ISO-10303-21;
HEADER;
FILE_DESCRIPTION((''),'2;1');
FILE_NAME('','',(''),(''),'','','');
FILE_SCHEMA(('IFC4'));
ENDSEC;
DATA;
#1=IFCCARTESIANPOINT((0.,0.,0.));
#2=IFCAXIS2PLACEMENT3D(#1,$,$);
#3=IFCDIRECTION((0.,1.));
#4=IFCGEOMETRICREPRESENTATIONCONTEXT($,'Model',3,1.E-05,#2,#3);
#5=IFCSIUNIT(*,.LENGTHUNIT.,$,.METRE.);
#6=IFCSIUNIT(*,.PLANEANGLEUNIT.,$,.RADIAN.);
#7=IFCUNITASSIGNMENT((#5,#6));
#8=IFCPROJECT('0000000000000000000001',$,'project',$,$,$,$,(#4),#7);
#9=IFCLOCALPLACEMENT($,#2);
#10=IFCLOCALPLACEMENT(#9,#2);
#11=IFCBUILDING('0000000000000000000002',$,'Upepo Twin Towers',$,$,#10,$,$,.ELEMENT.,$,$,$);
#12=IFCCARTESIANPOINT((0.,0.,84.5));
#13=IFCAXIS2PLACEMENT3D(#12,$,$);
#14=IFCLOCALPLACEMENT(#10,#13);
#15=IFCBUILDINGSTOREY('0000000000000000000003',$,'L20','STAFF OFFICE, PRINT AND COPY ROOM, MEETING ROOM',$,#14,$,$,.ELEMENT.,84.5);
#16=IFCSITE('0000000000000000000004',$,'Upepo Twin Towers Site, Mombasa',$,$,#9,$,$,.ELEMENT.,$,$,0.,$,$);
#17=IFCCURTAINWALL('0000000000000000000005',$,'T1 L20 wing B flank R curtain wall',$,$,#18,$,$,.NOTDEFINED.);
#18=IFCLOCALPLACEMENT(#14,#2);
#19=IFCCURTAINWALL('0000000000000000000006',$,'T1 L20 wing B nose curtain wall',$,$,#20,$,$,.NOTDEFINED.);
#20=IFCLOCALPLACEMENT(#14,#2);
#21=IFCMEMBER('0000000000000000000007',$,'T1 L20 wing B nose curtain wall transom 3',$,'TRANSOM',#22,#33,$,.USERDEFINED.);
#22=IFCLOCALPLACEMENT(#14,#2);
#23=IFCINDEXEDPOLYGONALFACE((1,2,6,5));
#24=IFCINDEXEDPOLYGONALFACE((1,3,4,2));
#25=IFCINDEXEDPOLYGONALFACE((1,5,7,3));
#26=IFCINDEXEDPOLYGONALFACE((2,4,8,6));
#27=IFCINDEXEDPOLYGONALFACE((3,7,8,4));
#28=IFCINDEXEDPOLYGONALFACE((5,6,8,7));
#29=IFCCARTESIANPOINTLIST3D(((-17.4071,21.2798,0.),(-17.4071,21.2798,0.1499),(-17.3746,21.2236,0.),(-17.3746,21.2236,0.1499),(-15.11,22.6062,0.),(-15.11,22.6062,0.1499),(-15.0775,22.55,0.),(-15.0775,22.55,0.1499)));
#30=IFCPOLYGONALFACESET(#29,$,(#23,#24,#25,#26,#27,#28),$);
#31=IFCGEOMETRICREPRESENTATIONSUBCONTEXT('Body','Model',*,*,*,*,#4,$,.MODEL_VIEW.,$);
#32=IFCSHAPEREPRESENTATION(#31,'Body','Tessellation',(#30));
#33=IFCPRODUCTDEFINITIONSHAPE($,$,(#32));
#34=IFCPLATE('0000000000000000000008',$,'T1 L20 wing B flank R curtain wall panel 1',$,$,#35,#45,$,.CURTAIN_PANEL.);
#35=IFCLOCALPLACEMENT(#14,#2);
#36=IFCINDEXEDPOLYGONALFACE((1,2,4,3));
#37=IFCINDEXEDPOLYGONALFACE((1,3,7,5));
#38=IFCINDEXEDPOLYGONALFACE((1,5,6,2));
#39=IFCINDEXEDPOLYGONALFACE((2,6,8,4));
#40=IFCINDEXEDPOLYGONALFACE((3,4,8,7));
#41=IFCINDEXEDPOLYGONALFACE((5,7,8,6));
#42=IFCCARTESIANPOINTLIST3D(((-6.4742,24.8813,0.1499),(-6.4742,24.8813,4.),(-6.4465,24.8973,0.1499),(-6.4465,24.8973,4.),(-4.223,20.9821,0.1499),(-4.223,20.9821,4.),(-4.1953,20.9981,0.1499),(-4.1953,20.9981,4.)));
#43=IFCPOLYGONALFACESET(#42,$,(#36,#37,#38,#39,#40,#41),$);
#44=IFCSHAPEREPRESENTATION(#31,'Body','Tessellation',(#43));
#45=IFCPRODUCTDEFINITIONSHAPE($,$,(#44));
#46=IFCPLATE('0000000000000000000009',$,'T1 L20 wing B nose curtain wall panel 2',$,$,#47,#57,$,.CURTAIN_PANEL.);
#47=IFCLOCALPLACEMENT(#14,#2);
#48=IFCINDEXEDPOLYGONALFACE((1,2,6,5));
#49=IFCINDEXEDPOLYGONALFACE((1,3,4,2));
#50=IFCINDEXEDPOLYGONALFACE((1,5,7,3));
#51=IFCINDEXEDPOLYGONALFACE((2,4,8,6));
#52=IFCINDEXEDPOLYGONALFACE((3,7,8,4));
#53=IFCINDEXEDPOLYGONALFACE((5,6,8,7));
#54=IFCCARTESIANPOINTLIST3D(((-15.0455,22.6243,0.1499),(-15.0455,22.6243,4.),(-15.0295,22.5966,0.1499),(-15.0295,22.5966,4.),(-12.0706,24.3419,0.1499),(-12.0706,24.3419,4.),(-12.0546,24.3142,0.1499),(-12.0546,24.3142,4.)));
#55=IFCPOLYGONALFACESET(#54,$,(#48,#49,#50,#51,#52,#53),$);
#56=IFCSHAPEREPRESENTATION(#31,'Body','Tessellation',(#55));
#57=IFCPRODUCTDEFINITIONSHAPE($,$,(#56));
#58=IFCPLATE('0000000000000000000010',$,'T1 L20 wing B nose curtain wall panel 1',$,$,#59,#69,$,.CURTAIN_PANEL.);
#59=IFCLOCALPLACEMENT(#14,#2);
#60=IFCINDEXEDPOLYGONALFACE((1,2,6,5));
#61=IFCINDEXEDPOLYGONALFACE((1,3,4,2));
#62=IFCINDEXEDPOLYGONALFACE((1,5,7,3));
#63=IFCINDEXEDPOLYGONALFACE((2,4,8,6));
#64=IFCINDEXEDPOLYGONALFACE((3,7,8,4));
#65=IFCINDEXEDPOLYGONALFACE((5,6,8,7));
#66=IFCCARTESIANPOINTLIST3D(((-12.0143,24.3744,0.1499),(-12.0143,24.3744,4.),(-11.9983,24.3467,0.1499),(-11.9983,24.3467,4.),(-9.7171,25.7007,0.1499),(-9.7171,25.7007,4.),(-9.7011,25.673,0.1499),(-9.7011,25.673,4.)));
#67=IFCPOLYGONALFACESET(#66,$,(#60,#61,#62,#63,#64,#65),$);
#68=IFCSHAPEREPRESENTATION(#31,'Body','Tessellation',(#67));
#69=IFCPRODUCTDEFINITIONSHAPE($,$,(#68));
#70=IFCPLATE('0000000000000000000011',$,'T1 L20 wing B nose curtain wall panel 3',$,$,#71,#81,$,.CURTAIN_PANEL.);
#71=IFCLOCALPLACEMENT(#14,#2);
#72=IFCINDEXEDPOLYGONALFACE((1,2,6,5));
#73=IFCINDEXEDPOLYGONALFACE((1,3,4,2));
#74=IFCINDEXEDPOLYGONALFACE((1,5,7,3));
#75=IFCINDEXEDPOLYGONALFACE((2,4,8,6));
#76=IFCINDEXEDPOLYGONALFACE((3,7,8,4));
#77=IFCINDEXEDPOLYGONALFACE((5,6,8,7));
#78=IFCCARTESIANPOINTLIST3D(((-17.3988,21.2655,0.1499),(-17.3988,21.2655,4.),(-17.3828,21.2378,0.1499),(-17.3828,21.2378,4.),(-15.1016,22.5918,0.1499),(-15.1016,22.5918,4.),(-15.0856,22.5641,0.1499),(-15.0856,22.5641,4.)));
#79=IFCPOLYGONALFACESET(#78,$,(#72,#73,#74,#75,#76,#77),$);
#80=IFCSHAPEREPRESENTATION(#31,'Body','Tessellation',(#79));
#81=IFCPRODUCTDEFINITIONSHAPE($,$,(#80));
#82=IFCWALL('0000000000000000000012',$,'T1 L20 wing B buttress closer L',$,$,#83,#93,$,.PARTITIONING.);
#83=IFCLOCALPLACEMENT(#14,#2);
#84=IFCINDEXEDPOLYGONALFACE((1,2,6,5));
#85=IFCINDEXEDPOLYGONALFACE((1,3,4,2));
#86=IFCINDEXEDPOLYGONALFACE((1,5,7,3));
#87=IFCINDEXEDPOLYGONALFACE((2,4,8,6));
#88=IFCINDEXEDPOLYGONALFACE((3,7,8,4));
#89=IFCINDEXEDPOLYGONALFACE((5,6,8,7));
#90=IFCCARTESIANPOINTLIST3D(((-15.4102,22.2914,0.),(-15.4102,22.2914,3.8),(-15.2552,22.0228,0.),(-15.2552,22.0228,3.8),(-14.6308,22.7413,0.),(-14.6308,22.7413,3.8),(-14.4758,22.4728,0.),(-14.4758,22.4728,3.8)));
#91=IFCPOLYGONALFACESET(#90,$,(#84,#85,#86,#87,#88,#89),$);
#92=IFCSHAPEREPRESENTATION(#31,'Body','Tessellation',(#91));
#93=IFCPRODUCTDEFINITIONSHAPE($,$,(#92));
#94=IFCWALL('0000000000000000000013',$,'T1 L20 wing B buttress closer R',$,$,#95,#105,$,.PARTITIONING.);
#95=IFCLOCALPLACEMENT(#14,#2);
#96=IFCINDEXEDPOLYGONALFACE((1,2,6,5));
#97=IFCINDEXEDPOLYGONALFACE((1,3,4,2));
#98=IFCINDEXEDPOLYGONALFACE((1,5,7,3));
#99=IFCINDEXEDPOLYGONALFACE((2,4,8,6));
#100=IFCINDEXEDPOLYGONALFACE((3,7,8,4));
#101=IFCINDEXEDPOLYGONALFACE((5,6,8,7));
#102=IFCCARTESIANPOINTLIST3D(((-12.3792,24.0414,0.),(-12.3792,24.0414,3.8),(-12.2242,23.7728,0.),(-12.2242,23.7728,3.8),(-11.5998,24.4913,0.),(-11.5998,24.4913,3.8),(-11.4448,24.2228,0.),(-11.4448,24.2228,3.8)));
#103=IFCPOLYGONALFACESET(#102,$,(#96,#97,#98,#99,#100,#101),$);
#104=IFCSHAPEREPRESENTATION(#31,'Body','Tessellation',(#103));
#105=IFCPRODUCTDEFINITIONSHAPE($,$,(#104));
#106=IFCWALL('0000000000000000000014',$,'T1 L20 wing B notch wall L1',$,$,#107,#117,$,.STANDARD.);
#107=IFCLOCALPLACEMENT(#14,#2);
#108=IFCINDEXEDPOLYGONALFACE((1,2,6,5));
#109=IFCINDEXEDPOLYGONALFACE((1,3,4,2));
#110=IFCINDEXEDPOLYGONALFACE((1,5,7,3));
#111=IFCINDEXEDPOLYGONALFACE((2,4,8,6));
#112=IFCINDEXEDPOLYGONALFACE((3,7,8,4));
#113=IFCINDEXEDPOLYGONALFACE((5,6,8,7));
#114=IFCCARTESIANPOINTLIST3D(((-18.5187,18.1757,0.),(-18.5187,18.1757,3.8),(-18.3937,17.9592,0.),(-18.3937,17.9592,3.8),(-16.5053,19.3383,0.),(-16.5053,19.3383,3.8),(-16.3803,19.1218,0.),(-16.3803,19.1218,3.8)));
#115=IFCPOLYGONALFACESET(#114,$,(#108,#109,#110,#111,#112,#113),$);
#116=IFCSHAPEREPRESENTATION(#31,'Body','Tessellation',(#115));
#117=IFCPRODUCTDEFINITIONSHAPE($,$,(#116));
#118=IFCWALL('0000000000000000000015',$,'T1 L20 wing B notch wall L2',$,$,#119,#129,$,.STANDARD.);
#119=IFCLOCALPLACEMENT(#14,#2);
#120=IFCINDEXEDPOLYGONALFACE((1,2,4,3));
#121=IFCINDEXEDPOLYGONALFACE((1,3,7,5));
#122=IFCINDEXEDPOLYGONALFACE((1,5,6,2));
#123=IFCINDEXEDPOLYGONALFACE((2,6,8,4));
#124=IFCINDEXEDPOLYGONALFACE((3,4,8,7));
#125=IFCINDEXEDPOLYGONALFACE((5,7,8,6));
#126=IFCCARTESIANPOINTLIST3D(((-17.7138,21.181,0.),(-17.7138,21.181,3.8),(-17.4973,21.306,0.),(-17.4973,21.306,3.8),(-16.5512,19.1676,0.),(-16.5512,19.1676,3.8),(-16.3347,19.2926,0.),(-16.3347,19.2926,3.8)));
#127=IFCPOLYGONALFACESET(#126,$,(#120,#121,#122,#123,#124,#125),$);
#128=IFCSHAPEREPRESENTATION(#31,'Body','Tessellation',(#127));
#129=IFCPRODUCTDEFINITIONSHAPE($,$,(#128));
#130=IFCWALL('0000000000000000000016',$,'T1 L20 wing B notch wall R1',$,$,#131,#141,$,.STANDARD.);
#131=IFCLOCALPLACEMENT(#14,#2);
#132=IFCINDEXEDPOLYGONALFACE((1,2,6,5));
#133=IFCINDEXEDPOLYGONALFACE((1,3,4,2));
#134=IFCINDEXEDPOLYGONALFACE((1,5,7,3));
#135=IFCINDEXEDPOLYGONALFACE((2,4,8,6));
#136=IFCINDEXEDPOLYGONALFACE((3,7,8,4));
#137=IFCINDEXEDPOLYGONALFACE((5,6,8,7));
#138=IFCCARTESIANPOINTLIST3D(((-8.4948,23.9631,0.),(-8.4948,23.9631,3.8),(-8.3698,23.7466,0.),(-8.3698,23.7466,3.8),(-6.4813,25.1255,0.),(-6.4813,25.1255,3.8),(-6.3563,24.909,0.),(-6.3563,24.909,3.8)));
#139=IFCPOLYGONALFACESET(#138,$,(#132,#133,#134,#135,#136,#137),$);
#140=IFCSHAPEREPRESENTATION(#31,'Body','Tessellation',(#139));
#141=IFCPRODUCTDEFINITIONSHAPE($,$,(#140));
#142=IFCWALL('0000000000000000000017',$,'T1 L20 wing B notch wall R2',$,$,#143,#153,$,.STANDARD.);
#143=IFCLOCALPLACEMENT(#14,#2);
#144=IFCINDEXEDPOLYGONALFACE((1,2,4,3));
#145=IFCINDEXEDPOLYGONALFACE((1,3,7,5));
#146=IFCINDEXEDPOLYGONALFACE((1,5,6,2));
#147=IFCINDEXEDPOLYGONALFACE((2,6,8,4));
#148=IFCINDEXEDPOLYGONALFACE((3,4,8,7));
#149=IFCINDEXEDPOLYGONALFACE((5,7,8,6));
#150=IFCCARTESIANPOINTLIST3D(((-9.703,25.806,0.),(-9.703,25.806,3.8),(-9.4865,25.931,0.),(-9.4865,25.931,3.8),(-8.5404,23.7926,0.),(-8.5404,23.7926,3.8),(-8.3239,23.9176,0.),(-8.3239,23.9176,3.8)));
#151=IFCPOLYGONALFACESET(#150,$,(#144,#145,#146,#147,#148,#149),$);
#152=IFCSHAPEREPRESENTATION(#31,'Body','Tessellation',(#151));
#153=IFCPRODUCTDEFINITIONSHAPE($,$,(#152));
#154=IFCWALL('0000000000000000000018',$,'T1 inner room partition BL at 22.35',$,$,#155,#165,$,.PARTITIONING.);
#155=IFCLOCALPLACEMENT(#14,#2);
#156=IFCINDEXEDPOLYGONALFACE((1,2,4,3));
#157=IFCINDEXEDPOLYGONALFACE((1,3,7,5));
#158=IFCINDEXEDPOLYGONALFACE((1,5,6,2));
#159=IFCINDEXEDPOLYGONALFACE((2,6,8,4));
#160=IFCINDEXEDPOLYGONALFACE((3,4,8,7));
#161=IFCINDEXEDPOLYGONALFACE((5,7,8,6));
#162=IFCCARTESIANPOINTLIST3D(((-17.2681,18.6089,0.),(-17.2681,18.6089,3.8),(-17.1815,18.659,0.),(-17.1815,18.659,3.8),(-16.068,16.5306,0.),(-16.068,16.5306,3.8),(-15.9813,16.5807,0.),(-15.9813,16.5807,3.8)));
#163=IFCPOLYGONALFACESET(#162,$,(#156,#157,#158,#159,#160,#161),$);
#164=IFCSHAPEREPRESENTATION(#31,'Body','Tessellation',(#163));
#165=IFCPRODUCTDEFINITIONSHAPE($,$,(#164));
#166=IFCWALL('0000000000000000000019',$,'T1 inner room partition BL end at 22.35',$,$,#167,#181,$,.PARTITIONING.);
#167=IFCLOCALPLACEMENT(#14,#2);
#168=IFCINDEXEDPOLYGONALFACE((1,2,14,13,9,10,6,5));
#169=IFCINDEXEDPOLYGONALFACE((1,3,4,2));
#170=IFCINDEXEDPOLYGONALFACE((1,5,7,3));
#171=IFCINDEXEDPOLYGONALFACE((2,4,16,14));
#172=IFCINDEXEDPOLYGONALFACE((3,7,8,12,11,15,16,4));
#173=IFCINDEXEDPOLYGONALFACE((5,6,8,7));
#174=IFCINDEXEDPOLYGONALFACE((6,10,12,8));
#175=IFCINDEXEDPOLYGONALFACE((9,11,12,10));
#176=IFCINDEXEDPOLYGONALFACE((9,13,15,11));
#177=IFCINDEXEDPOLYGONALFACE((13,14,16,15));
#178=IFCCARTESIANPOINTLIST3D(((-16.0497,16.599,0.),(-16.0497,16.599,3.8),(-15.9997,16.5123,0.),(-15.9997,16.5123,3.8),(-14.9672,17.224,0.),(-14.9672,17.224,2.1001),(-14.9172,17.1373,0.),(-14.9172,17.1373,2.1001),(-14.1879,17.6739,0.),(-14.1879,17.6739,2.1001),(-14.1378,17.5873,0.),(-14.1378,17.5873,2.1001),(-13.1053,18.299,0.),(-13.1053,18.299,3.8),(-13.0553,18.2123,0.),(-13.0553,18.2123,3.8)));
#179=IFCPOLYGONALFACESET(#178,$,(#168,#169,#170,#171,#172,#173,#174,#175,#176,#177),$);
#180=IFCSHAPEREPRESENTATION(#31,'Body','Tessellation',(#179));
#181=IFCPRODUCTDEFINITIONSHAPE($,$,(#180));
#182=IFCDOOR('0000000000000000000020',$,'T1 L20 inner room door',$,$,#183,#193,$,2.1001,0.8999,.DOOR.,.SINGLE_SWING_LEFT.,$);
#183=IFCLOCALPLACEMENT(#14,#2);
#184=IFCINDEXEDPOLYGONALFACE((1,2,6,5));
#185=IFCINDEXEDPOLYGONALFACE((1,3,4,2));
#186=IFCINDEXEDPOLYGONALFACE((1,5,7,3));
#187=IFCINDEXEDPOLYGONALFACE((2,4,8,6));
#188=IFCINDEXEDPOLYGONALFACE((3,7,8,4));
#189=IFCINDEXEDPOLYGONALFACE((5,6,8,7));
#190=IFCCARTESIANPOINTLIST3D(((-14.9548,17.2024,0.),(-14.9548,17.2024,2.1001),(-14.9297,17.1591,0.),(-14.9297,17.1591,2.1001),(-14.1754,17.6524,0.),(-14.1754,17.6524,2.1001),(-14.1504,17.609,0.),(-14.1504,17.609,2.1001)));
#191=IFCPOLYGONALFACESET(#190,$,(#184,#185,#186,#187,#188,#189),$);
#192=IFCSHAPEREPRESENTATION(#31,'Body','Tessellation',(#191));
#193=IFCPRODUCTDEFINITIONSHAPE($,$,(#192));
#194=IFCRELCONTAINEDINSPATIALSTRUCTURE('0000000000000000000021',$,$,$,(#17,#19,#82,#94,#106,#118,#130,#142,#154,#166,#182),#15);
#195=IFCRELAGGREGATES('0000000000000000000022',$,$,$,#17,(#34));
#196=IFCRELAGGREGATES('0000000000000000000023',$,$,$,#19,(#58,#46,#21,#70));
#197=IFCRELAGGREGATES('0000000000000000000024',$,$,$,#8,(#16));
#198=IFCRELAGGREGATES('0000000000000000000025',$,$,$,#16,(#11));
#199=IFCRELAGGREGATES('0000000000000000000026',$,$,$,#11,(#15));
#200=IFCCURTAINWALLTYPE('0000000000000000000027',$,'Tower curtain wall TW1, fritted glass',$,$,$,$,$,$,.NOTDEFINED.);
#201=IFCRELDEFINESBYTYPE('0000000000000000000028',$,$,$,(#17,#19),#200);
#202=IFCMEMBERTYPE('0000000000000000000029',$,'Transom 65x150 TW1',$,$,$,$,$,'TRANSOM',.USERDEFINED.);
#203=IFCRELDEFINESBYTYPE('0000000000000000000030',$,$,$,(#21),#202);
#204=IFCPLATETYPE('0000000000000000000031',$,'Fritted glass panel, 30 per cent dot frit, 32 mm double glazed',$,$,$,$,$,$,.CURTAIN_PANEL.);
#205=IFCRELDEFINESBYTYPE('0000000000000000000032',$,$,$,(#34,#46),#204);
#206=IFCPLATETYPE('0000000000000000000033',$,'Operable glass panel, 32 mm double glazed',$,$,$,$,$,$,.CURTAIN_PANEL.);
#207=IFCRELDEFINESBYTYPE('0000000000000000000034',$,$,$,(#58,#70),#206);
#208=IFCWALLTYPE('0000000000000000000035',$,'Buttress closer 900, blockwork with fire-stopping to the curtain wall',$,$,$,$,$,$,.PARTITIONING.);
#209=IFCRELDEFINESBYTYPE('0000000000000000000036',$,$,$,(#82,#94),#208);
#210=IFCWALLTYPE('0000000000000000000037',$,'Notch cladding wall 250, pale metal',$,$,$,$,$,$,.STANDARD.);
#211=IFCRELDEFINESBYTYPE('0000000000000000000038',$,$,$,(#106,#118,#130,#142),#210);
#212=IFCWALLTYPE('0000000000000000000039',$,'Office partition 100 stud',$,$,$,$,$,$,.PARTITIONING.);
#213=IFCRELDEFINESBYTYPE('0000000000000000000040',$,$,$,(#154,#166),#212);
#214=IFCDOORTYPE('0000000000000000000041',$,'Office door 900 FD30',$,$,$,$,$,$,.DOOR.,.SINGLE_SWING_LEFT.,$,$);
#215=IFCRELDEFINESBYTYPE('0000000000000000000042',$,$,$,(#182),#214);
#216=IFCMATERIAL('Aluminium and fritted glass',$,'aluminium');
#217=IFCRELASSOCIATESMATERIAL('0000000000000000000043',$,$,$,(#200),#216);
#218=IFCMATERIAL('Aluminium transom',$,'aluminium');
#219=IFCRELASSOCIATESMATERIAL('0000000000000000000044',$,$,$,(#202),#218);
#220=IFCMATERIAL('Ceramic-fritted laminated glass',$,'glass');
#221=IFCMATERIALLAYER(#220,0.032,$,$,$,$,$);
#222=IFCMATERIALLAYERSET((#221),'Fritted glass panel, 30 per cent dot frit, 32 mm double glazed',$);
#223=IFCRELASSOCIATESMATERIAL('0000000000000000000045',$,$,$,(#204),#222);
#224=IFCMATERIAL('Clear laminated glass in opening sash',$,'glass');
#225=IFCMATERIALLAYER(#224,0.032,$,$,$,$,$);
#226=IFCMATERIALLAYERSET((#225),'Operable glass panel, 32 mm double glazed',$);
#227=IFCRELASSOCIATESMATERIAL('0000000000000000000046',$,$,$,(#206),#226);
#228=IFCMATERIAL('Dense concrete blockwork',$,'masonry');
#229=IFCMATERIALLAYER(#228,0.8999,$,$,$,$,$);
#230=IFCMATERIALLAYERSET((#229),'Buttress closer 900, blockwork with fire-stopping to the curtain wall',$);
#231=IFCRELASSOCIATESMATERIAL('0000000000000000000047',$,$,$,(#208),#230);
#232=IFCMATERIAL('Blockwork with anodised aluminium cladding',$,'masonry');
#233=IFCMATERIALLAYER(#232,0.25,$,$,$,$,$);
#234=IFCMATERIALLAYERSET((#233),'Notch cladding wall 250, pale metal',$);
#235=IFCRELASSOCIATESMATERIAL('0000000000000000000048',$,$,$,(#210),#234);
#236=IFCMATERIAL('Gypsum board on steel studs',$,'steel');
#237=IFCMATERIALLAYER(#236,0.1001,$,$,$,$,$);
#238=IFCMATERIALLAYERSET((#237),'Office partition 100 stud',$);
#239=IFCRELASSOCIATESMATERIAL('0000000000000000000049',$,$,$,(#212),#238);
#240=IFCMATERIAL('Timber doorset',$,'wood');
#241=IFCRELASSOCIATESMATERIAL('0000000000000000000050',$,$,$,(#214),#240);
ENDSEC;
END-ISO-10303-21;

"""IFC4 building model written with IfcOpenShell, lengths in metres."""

from ifc_helpers import new_model, si_unit, direction, frame, frame_2d, origin, origin_2d, place, context, subcontext, project, spatial, rectangle, extrude, material, layer, layer_set, material_profile, profile_set, type_object, element, fill, aggregate, save


model = new_model("IFC4")

# Units and contexts
model_context = context("Model", 3, precision=1e-05, world=origin(), true_north=direction((0.0, 1.0)))
body_context = subcontext(model_context, "Body", "Model", "MODEL_VIEW")
ifc_project = project(units=[si_unit("LENGTHUNIT", "METRE"), si_unit("PLANEANGLEUNIT", "RADIAN")], contexts=[model_context])

# Site, building, storey
site_placement = place(None, origin())
site = spatial("IfcSite", under=ifc_project, at=site_placement, Name="Upepo Twin Towers Site, Mombasa", CompositionType="ELEMENT", RefElevation=0.0)
building_placement = place(site_placement, origin())
building = spatial("IfcBuilding", under=site, at=building_placement, Name="Upepo Twin Towers", CompositionType="ELEMENT")
storey_placement = place(building_placement, frame((0.0, 0.0, 84.5)))
storey = spatial("IfcBuildingStorey", under=building, at=storey_placement, Name="L20", Description="STAFF OFFICE, PRINT AND COPY ROOM, MEETING ROOM", CompositionType="ELEMENT", Elevation=84.5)

# Shared definitions
ifc_material_1 = material(Name="Aluminium and fritted glass", Category="aluminium")
curtain_wall_type = type_object("IfcCurtainWallType", Name="Tower curtain wall TW1, fritted glass", PredefinedType="NOTDEFINED", material=ifc_material_1)

# Curtain walls
curtain_wall_1_placement = place(storey_placement, origin())
curtain_wall_1 = element("IfcCurtainWall", 1, at=curtain_wall_1_placement, inside=storey, type_object=curtain_wall_type, Name="T1 L20 wing B flank R curtain wall", PredefinedType="NOTDEFINED")
curtain_wall_2_placement = place(storey_placement, origin())
curtain_wall_2 = element("IfcCurtainWall", 2, at=curtain_wall_2_placement, inside=storey, type_object=curtain_wall_type, Name="T1 L20 wing B nose curtain wall", PredefinedType="NOTDEFINED")

# Member
ifc_material_2 = material(Name="Aluminium transom", Category="aluminium")
ifc_material_profile_1 = material_profile(ifc_material_2, rectangle(XDim=0.0649, YDim=0.1499, at=origin_2d()), Name="TRANSOM 65x150")
ifc_profile_set_1 = profile_set([ifc_material_profile_1], Name="Aluminium transom")
member_type_1 = type_object("IfcMemberType", Name="Transom 65x150 TW1", ElementType="TRANSOM", PredefinedType="USERDEFINED", material=ifc_profile_set_1)
member_1_placement = place(storey_placement, frame((-15.0938, 22.5781, 0.075), z_axis=(-0.865997, -0.500049, 0.0), x_axis=(0.500049, -0.865997, 0.0)))
member_1 = element("IfcMember", 3, at=member_1_placement, type_object=member_type_1, Name="T1 L20 wing B nose curtain wall transom 3", ObjectType="TRANSOM", PredefinedType="USERDEFINED", context=body_context, shape_type="SweptSolid", body=[
    extrude(rectangle(XDim=0.0649, YDim=0.1499, at=origin_2d()), origin(), (0.0, 0.0, 1.0), 2.6526),
])

# Plates
ifc_material_3 = material(Name="Ceramic-fritted laminated glass", Category="glass")
ifc_layer_1 = layer(ifc_material_3, 0.032)
ifc_layer_set_1 = layer_set([ifc_layer_1], Name="Fritted glass panel, 30 per cent dot frit, 32 mm double glazed")
plate_type_1 = type_object("IfcPlateType", Name="Fritted glass panel, 30 per cent dot frit, 32 mm double glazed", PredefinedType="CURTAIN_PANEL", material=ifc_layer_set_1)
plate_1_placement = place(storey_placement, frame((-5.3347, 22.9397, 0.1499), z_axis=(0.0, 0.0, 1.0), x_axis=(0.5, -0.866025, 0.0)))
plate_1 = element("IfcPlate", 4, at=plate_1_placement, type_object=plate_type_1, Name="T1 L20 wing B flank R curtain wall panel 1", PredefinedType="CURTAIN_PANEL", context=body_context, shape_type="SweptSolid", body=[
    extrude(rectangle(XDim=4.5024, YDim=0.032, at=origin_2d()), origin(), (0.0, 0.0, 1.0), 3.8501),
])
aggregate(curtain_wall_1, [plate_1])
plate_2_placement = place(storey_placement, frame((-13.55, 23.4692, 0.1499), z_axis=(0.0, 0.0, 1.0), x_axis=(-0.866025, -0.5, 0.0)))
plate_2 = element("IfcPlate", 5, at=plate_2_placement, type_object=plate_type_1, Name="T1 L20 wing B nose curtain wall panel 2", PredefinedType="CURTAIN_PANEL", context=body_context, shape_type="SweptSolid", body=[
    extrude(rectangle(XDim=3.4351, YDim=0.032, at=origin_2d()), origin(), (0.0, 0.0, 1.0), 3.8501),
])
ifc_material_4 = material(Name="Clear laminated glass in opening sash", Category="glass")
ifc_layer_2 = layer(ifc_material_4, 0.032)
ifc_layer_set_2 = layer_set([ifc_layer_2], Name="Operable glass panel, 32 mm double glazed")
plate_type_2 = type_object("IfcPlateType", Name="Operable glass panel, 32 mm double glazed", PredefinedType="CURTAIN_PANEL", material=ifc_layer_set_2)
plate_3_placement = place(storey_placement, frame((-10.8577, 25.0237, 0.1499), z_axis=(0.0, 0.0, 1.0), x_axis=(-0.866025, -0.5, 0.0)))
plate_3 = element("IfcPlate", 6, at=plate_3_placement, type_object=plate_type_2, Name="T1 L20 wing B nose curtain wall panel 1", PredefinedType="CURTAIN_PANEL", context=body_context, shape_type="SweptSolid", body=[
    extrude(rectangle(XDim=2.6526, YDim=0.032, at=origin_2d()), origin(), (0.0, 0.0, 1.0), 3.8501),
])
plate_4_placement = place(storey_placement, frame((-16.2422, 21.9148, 0.1499), z_axis=(0.0, 0.0, 1.0), x_axis=(-0.866025, -0.5, 0.0)))
plate_4 = element("IfcPlate", 7, at=plate_4_placement, type_object=plate_type_2, Name="T1 L20 wing B nose curtain wall panel 3", PredefinedType="CURTAIN_PANEL", context=body_context, shape_type="SweptSolid", body=[
    extrude(rectangle(XDim=2.6526, YDim=0.032, at=origin_2d()), origin(), (0.0, 0.0, 1.0), 3.8501),
])
aggregate(curtain_wall_2, [plate_3, plate_2, member_1, plate_4])

# Walls
ifc_material_5 = material(Name="Dense concrete blockwork", Category="masonry")
ifc_layer_3 = layer(ifc_material_5, 0.8999)
ifc_layer_set_3 = layer_set([ifc_layer_3], Name="Buttress closer 900, blockwork with fire-stopping to the curtain wall")
wall_type_1 = type_object("IfcWallType", Name="Buttress closer 900, blockwork with fire-stopping to the curtain wall", PredefinedType="PARTITIONING", material=ifc_layer_set_3)
for number, where, z_axis, x_axis, name in (
    (8, (-14.8655, 22.2478, 0.0), (0.0, 0.0, 1.0), (-0.49995, 0.866054, 0.0), "T1 L20 wing B buttress closer L"),
    (9, (-11.8345, 23.9978, 0.0), (0.0, 0.0, 1.0), (-0.49995, 0.866054, 0.0), "T1 L20 wing B buttress closer R"),
):
    element("IfcWall", number, at=place(storey_placement, frame(where, z_axis=z_axis, x_axis=x_axis)), inside=storey, type_object=wall_type_1, Name=name, PredefinedType="PARTITIONING", context=body_context, shape_type="SweptSolid", body=[
        extrude(rectangle(XDim=0.3101, YDim=0.8999, at=frame_2d((0.155, 0.0))), origin(), (0.0, 0.0, 1.0), 3.8),
    ])
ifc_material_6 = material(Name="Blockwork with anodised aluminium cladding", Category="masonry")
ifc_layer_4 = layer(ifc_material_6, 0.25)
ifc_layer_set_4 = layer_set([ifc_layer_4], Name="Notch cladding wall 250, pale metal")
wall_type_2 = type_object("IfcWallType", Name="Notch cladding wall 250, pale metal", PredefinedType="STANDARD", material=ifc_layer_set_4)
for number, where, z_axis, x_axis, name in (
    (10, (-18.4563, 18.0674, 0.0), (0.0, 0.0, 1.0), (0.865998, 0.500047, 0.0), "T1 L20 wing B notch wall L1"),
    (11, (-16.4429, 19.23, 0.0), (0.0, 0.0, 1.0), (-0.500047, 0.865998, 0.0), "T1 L20 wing B notch wall L2"),
    (12, (-6.4187, 25.0173, 0.0), (0.0, 0.0, 1.0), (-0.866044, -0.499968, 0.0), "T1 L20 wing B notch wall R1"),
    (13, (-8.4321, 23.855, 0.0), (0.0, 0.0, 1.0), (-0.500047, 0.865998, 0.0), "T1 L20 wing B notch wall R2"),
):
    element("IfcWall", number, at=place(storey_placement, frame(where, z_axis=z_axis, x_axis=x_axis)), inside=storey, type_object=wall_type_2, Name=name, PredefinedType="STANDARD", context=body_context, shape_type="SweptSolid", body=[
        extrude(rectangle(XDim=2.325, YDim=0.25, at=frame_2d((1.1626, 0.0))), origin(), (0.0, 0.0, 1.0), 3.8),
    ])
ifc_material_7 = material(Name="Gypsum board on steel studs", Category="steel")
ifc_layer_5 = layer(ifc_material_7, 0.1001)
ifc_layer_set_5 = layer_set([ifc_layer_5], Name="Office partition 100 stud")
wall_type_3 = type_object("IfcWallType", Name="Office partition 100 stud", PredefinedType="PARTITIONING", material=ifc_layer_set_5)
wall_1_placement = place(storey_placement, frame((-16.0247, 16.5557, 0.0), z_axis=(0.0, 0.0, 1.0), x_axis=(-0.500078, 0.865981, 0.0)))
element("IfcWall", 14, at=wall_1_placement, inside=storey, type_object=wall_type_3, Name="T1 inner room partition BL at 22.35", PredefinedType="PARTITIONING", context=body_context, shape_type="SweptSolid", body=[
    extrude(rectangle(XDim=2.3999, YDim=0.1001, at=frame_2d((1.2, 0.0))), origin(), (0.0, 0.0, 1.0), 3.8),
])

# Wall, opening, door
wall_2_placement = place(storey_placement, frame((-13.0803, 18.2556, 0.0), z_axis=(0.0, 0.0, 1.0), x_axis=(-0.866021, -0.500008, 0.0)))
wall_2 = element("IfcWall", 15, at=wall_2_placement, inside=storey, type_object=wall_type_3, Name="T1 inner room partition BL end at 22.35", PredefinedType="PARTITIONING", context=body_context, shape_type="SweptSolid", body=[
    extrude(rectangle(XDim=3.3999, YDim=0.1001, at=frame_2d((1.7, 0.0))), origin(), (0.0, 0.0, 1.0), 3.8),
])
opening_1_placement = place(wall_2_placement, frame((1.25, 0.0, 0.0)))
opening_1 = element("IfcOpeningElement", 16, at=opening_1_placement, cuts=wall_2, PredefinedType="OPENING", context=body_context, shape_type="SweptSolid", body=[
    extrude(rectangle(XDim=0.8999, YDim=2.1001, at=frame_2d((0.45, 1.05))), frame((0.0, 0.0601, 0.0), z_axis=(0.0, -1.0, 0.0), x_axis=(1.0, 0.0, 0.0)), (0.0, 0.0, 1.0), 0.1201),
])
ifc_material_8 = material(Name="Timber doorset", Category="wood")
door_type = type_object("IfcDoorType", Name="Office door 900 FD30", OperationType="SINGLE_SWING_LEFT", PredefinedType="DOOR", material=ifc_material_8)
door_1_placement = place(opening_1_placement, origin())
door_1 = element("IfcDoor", 17, at=door_1_placement, inside=storey, type_object=door_type, Name="T1 L20 inner room door", OperationType="SINGLE_SWING_LEFT", OverallHeight=2.1001, OverallWidth=0.8999, PredefinedType="DOOR", context=body_context, shape_type="SweptSolid", body=[
    extrude(rectangle(XDim=0.8999, YDim=2.1001, at=frame_2d((0.45, 1.05))), frame((0.0, 0.0249, 0.0), z_axis=(0.0, -1.0, 0.0), x_axis=(1.0, 0.0, 0.0)), (0.0, 0.0, 1.0), 0.05),
])
fill(opening_1, door_1)

save(model, "model.ifc")
